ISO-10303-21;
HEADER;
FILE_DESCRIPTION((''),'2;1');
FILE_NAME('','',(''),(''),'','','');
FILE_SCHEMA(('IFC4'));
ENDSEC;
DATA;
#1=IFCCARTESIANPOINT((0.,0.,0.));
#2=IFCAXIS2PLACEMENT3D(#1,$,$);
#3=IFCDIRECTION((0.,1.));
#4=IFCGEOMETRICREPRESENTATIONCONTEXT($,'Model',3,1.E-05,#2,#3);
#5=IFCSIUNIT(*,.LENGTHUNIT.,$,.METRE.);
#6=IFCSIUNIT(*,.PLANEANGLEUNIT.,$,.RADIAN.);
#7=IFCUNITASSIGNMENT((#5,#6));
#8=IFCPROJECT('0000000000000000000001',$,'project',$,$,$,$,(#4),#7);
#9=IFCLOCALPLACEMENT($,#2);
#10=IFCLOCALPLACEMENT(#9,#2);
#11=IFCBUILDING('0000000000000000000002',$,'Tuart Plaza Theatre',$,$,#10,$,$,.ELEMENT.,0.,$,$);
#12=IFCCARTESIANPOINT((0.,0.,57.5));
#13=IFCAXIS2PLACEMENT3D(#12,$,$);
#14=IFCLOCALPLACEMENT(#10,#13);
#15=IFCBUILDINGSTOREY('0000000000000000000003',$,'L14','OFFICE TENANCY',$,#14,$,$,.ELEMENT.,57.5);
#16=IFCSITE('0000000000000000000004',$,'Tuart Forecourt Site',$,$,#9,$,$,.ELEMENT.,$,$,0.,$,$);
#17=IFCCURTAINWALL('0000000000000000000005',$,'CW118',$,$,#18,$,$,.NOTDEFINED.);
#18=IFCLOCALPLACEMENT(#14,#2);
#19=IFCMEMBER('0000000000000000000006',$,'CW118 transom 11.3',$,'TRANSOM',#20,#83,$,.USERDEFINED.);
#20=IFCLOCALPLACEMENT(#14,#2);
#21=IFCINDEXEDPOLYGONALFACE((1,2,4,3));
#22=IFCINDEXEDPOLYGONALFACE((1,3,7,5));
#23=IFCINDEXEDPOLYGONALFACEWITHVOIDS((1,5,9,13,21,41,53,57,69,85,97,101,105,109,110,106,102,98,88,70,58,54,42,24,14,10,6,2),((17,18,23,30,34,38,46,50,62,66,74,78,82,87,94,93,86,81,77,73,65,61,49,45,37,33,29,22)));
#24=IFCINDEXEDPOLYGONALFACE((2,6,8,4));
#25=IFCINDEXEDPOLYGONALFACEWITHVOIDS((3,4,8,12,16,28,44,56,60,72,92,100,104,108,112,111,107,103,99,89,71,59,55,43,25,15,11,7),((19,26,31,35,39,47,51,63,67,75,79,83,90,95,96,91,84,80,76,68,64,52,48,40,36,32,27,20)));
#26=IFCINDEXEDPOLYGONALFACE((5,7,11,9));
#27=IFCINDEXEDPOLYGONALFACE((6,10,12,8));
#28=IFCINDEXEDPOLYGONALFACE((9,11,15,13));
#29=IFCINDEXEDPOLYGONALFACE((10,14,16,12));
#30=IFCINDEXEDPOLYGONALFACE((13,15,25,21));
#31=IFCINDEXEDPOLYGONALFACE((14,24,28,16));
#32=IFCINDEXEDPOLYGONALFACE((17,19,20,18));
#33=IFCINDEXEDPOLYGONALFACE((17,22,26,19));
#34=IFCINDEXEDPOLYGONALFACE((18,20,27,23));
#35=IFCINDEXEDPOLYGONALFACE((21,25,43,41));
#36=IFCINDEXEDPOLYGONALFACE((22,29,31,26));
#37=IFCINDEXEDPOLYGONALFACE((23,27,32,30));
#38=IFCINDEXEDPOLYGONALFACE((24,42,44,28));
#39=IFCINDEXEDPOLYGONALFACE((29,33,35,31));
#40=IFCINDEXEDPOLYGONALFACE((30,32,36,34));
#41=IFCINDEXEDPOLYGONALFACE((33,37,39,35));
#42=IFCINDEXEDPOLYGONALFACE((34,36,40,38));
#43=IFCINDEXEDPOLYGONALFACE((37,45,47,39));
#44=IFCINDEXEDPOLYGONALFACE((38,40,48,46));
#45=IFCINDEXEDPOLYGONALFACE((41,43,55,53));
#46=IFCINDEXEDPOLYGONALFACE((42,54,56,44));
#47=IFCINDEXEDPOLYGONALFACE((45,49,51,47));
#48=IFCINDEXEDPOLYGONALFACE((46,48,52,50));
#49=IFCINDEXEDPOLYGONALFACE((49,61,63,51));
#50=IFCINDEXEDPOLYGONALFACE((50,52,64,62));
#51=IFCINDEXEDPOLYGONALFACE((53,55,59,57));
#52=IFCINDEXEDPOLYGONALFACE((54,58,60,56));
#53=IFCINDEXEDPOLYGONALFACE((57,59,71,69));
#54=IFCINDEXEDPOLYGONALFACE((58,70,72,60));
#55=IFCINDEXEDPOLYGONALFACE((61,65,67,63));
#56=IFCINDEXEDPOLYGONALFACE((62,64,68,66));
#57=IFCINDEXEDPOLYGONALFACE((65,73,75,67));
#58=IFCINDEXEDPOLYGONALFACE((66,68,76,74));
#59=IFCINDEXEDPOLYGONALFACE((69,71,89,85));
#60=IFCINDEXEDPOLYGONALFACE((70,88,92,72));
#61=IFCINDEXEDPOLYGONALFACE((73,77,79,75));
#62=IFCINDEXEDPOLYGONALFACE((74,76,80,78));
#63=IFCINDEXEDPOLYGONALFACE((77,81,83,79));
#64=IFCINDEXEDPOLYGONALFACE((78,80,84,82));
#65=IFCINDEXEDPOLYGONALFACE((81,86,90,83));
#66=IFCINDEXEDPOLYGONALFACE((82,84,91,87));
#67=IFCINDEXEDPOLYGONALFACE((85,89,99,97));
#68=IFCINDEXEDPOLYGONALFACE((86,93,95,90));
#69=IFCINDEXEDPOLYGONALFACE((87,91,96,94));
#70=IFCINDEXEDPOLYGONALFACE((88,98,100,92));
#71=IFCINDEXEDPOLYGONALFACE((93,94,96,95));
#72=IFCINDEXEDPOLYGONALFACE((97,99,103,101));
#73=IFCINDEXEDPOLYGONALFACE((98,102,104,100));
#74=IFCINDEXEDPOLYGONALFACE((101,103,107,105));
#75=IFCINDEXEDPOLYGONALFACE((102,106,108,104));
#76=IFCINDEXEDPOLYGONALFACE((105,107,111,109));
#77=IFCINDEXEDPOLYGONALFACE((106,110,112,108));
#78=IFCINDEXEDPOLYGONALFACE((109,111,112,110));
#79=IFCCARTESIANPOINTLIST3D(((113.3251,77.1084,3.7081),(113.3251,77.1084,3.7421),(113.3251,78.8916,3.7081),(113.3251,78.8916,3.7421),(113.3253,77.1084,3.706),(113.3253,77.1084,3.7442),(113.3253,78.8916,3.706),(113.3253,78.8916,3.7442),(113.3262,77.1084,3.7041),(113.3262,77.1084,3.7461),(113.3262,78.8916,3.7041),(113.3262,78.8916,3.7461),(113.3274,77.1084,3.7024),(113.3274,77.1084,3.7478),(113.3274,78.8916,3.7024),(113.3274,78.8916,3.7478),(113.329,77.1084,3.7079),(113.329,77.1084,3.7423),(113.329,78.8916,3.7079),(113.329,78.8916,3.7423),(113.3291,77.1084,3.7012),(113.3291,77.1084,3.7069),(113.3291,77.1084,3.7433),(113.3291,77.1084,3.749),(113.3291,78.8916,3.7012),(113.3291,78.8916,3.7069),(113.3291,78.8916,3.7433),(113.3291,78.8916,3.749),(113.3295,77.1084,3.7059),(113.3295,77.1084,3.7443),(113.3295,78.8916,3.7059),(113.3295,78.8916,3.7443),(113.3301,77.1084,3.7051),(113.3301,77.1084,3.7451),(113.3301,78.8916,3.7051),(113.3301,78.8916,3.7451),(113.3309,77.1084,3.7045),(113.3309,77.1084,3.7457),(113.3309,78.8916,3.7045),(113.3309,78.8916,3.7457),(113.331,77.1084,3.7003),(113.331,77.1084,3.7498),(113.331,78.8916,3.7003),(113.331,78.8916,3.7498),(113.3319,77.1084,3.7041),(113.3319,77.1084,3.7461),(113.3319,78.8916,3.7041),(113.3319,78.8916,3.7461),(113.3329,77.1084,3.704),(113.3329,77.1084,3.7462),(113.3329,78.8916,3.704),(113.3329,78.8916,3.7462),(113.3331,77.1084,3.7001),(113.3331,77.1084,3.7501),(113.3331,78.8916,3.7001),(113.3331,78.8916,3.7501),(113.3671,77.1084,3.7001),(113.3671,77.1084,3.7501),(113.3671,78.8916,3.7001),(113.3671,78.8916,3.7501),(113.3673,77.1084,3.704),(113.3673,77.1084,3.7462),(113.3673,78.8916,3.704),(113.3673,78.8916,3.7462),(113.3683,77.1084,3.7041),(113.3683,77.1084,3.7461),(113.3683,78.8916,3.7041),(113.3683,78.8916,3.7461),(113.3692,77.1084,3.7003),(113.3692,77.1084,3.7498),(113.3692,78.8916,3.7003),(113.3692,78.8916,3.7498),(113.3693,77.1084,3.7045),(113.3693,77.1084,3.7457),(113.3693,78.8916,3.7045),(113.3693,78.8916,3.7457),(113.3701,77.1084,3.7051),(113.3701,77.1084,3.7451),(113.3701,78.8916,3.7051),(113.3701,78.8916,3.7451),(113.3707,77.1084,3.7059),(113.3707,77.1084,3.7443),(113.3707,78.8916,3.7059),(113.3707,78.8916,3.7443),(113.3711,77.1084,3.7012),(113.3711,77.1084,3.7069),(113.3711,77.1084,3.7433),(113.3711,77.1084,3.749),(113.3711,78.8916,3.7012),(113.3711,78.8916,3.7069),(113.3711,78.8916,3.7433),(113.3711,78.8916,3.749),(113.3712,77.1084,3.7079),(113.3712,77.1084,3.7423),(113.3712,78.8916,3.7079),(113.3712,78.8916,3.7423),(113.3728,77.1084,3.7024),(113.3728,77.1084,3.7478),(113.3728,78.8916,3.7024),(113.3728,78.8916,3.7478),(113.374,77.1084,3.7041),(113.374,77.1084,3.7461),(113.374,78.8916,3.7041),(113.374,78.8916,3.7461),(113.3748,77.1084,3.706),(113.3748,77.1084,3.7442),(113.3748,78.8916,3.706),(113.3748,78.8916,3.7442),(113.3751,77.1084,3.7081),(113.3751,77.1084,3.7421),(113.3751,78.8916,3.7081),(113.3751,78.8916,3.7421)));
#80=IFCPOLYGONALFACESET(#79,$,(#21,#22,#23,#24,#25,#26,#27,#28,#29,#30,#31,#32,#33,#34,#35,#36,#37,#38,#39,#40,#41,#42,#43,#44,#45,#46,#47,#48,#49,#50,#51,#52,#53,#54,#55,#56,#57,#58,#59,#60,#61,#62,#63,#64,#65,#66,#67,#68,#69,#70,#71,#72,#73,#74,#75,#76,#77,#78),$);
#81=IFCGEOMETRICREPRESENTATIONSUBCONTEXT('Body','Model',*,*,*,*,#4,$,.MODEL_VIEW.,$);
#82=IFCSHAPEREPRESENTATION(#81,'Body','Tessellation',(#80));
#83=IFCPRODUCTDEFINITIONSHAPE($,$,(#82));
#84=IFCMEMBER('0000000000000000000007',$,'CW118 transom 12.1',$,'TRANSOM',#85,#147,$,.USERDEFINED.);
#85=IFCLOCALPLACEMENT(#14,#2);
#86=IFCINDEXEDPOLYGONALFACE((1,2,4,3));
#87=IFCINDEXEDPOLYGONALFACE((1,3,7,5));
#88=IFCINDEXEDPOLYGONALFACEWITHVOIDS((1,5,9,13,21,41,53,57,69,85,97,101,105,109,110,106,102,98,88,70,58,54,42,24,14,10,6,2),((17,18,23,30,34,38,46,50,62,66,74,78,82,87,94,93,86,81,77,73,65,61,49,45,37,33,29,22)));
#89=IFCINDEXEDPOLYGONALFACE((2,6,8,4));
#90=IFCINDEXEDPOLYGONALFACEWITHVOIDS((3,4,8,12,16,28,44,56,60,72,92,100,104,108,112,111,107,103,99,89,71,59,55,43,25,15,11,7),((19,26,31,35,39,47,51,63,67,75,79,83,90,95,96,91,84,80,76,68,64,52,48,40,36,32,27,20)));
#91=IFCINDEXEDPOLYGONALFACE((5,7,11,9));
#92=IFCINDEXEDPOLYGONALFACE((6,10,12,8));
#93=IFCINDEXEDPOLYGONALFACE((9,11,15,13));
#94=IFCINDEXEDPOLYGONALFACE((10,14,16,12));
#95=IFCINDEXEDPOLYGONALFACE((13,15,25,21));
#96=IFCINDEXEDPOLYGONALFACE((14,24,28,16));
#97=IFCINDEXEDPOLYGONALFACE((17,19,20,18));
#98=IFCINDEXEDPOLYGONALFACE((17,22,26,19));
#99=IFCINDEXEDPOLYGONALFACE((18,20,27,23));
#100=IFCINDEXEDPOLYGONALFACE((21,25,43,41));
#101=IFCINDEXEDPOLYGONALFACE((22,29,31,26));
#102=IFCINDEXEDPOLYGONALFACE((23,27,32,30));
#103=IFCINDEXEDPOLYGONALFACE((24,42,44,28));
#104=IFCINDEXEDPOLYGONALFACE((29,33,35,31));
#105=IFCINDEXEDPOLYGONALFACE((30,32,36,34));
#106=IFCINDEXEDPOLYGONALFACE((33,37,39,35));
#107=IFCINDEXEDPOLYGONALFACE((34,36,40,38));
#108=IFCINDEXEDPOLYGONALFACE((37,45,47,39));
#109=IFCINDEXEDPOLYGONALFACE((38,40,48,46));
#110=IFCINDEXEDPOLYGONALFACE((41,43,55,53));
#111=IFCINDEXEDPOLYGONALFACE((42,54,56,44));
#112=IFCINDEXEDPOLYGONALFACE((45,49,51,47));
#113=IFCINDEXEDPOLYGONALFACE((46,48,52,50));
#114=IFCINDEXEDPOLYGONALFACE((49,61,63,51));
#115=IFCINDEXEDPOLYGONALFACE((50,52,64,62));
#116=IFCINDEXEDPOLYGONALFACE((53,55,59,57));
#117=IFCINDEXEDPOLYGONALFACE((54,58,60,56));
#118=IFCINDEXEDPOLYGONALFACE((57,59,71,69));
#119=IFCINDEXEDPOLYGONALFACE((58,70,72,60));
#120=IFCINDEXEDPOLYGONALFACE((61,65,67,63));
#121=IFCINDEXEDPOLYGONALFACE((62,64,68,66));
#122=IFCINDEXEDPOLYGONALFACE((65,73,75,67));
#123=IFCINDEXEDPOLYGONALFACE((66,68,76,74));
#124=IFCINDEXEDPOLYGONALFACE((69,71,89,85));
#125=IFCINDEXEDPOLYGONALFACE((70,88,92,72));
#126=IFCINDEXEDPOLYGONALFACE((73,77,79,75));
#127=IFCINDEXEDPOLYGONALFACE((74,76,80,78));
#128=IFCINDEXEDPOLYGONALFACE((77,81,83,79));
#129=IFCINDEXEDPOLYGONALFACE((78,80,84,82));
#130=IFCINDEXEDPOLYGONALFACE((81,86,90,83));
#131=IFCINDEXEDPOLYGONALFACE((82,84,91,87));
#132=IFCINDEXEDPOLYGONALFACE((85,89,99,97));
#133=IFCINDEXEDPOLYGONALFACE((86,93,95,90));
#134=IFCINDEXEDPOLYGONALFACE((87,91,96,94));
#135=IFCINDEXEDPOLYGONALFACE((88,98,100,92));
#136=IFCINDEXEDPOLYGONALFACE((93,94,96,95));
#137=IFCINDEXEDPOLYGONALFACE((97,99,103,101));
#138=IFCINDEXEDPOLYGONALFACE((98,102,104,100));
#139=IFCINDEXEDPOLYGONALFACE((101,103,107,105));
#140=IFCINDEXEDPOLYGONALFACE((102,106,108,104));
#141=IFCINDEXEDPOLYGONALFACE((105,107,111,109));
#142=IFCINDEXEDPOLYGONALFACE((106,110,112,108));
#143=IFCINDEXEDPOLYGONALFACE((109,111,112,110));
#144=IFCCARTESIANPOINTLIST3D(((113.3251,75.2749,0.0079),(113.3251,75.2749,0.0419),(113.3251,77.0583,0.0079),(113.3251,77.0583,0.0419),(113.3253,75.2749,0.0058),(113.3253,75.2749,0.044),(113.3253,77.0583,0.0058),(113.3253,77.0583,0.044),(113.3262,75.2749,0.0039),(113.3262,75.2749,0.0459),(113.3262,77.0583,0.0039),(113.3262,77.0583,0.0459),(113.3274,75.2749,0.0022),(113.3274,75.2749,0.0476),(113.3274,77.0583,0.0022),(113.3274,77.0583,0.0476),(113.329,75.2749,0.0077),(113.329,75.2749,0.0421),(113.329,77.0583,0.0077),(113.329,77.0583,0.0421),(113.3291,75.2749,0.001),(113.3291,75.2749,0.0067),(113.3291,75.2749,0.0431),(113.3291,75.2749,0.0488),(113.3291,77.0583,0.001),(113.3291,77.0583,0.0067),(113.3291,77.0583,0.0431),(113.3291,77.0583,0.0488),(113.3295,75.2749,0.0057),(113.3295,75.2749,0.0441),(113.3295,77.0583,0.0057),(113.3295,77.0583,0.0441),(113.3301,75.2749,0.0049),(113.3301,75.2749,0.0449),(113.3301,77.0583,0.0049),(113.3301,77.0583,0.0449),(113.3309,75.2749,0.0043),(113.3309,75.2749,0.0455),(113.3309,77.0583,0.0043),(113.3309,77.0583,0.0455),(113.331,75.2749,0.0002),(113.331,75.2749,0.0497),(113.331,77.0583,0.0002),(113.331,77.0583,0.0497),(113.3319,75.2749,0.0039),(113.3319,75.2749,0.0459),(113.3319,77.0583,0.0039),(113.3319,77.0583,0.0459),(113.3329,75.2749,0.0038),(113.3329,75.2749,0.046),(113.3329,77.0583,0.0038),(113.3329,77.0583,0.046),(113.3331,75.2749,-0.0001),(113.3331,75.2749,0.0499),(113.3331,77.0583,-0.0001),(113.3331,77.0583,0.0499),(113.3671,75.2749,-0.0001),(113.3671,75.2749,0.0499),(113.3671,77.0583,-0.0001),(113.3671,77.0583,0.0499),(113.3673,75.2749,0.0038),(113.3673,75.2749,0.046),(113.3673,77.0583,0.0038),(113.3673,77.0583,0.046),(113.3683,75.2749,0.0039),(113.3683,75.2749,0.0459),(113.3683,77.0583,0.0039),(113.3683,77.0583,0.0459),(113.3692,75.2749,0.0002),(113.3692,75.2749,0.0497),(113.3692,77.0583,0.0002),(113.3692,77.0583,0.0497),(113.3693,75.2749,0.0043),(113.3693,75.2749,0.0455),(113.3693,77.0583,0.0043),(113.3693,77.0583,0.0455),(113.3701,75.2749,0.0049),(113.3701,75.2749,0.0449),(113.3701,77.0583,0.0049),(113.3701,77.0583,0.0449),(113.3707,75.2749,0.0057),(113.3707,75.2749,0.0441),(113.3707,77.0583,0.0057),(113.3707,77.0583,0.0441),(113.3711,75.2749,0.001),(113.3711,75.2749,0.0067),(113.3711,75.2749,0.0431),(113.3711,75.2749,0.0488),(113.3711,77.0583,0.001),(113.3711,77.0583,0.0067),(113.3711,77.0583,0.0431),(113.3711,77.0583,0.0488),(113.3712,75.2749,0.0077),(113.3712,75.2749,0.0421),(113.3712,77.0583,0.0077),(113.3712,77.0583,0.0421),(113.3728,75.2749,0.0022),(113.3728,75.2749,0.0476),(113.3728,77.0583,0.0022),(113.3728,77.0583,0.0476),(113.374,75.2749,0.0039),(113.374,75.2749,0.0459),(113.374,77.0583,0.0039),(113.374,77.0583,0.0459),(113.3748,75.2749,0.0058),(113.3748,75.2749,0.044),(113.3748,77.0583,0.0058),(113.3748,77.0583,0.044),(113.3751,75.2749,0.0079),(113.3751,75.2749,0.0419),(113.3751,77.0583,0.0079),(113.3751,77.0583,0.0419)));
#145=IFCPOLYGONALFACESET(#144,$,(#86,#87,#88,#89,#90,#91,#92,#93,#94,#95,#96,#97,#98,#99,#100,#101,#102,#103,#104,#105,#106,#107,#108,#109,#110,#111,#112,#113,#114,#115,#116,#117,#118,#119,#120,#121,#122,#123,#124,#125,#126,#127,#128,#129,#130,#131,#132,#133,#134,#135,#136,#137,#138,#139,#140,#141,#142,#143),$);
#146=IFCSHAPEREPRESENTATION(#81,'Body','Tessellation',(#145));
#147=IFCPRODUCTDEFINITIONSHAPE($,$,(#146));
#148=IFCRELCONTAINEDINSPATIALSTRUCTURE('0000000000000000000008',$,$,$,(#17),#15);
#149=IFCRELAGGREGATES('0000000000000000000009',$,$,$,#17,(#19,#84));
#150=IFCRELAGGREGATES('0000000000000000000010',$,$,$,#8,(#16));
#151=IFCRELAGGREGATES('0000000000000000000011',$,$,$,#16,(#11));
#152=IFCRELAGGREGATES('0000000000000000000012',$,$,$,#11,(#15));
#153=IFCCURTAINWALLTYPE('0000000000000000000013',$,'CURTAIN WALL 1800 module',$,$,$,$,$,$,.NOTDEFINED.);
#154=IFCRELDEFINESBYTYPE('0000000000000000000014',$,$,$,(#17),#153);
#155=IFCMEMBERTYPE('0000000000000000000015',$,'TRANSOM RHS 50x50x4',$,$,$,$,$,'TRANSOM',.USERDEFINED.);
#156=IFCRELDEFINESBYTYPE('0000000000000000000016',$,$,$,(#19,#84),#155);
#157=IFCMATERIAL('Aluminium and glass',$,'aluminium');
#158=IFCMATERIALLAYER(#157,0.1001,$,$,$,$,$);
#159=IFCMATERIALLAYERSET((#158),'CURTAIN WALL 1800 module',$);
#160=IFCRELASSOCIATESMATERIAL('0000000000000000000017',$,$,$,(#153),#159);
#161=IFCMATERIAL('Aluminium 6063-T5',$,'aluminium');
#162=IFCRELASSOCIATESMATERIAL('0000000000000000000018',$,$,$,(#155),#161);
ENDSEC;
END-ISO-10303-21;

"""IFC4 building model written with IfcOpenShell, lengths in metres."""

from ifc_helpers import new_model, si_unit, direction, frame, origin, origin_2d, place, context, subcontext, project, spatial, hollow_rectangle, extrude, material, layer, layer_set, material_profile, profile_set, type_object, element, aggregate, save


model = new_model("IFC4")

# Units and contexts
model_context = context("Model", 3, precision=1e-05, world=origin(), true_north=direction((0.0, 1.0)))
body_context = subcontext(model_context, "Body", "Model", "MODEL_VIEW")
ifc_project = project(units=[si_unit("LENGTHUNIT", "METRE"), si_unit("PLANEANGLEUNIT", "RADIAN")], contexts=[model_context])

# Site, building, storey
site_placement = place(None, origin())
site = spatial("IfcSite", under=ifc_project, at=site_placement, Name="Tuart Forecourt Site", CompositionType="ELEMENT", RefElevation=0.0)
building_placement = place(site_placement, origin())
building = spatial("IfcBuilding", under=site, at=building_placement, Name="Tuart Plaza Theatre", CompositionType="ELEMENT", ElevationOfRefHeight=0.0)
storey_placement = place(building_placement, frame((0.0, 0.0, 57.5)))
storey = spatial("IfcBuildingStorey", under=building, at=storey_placement, Name="L14", Description="OFFICE TENANCY", CompositionType="ELEMENT", Elevation=57.5)

# Curtain wall, members
ifc_material_1 = material(Name="Aluminium and glass", Category="aluminium")
ifc_layer_1 = layer(ifc_material_1, 0.1001)
ifc_layer_set_1 = layer_set([ifc_layer_1], Name="CURTAIN WALL 1800 module")
curtain_wall_type = type_object("IfcCurtainWallType", Name="CURTAIN WALL 1800 module", PredefinedType="NOTDEFINED", material=ifc_layer_set_1)
curtain_wall_placement = place(storey_placement, origin())
curtain_wall = element("IfcCurtainWall", 1, at=curtain_wall_placement, inside=storey, type_object=curtain_wall_type, Name="CW118", PredefinedType="NOTDEFINED")
ifc_material_2 = material(Name="Aluminium 6063-T5", Category="aluminium")
ifc_material_profile = material_profile(ifc_material_2, hollow_rectangle(XDim=0.05, YDim=0.05, WallThickness=0.0039, InnerFilletRadius=0.0039, OuterFilletRadius=0.0081, at=origin_2d()), Name="RHS 50x50x4")
ifc_profile_set = profile_set([ifc_material_profile], Name="Aluminium 6063-T5")
member_type = type_object("IfcMemberType", Name="TRANSOM RHS 50x50x4", ElementType="TRANSOM", PredefinedType="USERDEFINED", material=ifc_profile_set)
member_1_placement = place(storey_placement, frame((113.3501, 78.8916, 3.7251), z_axis=(0.0, -1.0, 0.0), x_axis=(1.0, 0.0, 0.0)))
member_1 = element("IfcMember", 2, at=member_1_placement, type_object=member_type, Name="CW118 transom 11.3", ObjectType="TRANSOM", PredefinedType="USERDEFINED", context=body_context, shape_type="SweptSolid", body=[
    extrude(hollow_rectangle(XDim=0.05, YDim=0.05, WallThickness=0.0039, InnerFilletRadius=0.0039, OuterFilletRadius=0.0081, at=origin_2d()), origin(), (0.0, 0.0, 1.0), 1.7832),
])
member_2_placement = place(storey_placement, frame((113.3501, 77.0583, 0.0249), z_axis=(0.0, -1.0, 0.0), x_axis=(1.0, 0.0, 0.0)))
member_2 = element("IfcMember", 3, at=member_2_placement, type_object=member_type, Name="CW118 transom 12.1", ObjectType="TRANSOM", PredefinedType="USERDEFINED", context=body_context, shape_type="SweptSolid", body=[
    extrude(hollow_rectangle(XDim=0.05, YDim=0.05, WallThickness=0.0039, InnerFilletRadius=0.0039, OuterFilletRadius=0.0081, at=origin_2d()), origin(), (0.0, 0.0, 1.0), 1.7834),
])
aggregate(curtain_wall, [member_1, member_2])

save(model, "model.ifc")
